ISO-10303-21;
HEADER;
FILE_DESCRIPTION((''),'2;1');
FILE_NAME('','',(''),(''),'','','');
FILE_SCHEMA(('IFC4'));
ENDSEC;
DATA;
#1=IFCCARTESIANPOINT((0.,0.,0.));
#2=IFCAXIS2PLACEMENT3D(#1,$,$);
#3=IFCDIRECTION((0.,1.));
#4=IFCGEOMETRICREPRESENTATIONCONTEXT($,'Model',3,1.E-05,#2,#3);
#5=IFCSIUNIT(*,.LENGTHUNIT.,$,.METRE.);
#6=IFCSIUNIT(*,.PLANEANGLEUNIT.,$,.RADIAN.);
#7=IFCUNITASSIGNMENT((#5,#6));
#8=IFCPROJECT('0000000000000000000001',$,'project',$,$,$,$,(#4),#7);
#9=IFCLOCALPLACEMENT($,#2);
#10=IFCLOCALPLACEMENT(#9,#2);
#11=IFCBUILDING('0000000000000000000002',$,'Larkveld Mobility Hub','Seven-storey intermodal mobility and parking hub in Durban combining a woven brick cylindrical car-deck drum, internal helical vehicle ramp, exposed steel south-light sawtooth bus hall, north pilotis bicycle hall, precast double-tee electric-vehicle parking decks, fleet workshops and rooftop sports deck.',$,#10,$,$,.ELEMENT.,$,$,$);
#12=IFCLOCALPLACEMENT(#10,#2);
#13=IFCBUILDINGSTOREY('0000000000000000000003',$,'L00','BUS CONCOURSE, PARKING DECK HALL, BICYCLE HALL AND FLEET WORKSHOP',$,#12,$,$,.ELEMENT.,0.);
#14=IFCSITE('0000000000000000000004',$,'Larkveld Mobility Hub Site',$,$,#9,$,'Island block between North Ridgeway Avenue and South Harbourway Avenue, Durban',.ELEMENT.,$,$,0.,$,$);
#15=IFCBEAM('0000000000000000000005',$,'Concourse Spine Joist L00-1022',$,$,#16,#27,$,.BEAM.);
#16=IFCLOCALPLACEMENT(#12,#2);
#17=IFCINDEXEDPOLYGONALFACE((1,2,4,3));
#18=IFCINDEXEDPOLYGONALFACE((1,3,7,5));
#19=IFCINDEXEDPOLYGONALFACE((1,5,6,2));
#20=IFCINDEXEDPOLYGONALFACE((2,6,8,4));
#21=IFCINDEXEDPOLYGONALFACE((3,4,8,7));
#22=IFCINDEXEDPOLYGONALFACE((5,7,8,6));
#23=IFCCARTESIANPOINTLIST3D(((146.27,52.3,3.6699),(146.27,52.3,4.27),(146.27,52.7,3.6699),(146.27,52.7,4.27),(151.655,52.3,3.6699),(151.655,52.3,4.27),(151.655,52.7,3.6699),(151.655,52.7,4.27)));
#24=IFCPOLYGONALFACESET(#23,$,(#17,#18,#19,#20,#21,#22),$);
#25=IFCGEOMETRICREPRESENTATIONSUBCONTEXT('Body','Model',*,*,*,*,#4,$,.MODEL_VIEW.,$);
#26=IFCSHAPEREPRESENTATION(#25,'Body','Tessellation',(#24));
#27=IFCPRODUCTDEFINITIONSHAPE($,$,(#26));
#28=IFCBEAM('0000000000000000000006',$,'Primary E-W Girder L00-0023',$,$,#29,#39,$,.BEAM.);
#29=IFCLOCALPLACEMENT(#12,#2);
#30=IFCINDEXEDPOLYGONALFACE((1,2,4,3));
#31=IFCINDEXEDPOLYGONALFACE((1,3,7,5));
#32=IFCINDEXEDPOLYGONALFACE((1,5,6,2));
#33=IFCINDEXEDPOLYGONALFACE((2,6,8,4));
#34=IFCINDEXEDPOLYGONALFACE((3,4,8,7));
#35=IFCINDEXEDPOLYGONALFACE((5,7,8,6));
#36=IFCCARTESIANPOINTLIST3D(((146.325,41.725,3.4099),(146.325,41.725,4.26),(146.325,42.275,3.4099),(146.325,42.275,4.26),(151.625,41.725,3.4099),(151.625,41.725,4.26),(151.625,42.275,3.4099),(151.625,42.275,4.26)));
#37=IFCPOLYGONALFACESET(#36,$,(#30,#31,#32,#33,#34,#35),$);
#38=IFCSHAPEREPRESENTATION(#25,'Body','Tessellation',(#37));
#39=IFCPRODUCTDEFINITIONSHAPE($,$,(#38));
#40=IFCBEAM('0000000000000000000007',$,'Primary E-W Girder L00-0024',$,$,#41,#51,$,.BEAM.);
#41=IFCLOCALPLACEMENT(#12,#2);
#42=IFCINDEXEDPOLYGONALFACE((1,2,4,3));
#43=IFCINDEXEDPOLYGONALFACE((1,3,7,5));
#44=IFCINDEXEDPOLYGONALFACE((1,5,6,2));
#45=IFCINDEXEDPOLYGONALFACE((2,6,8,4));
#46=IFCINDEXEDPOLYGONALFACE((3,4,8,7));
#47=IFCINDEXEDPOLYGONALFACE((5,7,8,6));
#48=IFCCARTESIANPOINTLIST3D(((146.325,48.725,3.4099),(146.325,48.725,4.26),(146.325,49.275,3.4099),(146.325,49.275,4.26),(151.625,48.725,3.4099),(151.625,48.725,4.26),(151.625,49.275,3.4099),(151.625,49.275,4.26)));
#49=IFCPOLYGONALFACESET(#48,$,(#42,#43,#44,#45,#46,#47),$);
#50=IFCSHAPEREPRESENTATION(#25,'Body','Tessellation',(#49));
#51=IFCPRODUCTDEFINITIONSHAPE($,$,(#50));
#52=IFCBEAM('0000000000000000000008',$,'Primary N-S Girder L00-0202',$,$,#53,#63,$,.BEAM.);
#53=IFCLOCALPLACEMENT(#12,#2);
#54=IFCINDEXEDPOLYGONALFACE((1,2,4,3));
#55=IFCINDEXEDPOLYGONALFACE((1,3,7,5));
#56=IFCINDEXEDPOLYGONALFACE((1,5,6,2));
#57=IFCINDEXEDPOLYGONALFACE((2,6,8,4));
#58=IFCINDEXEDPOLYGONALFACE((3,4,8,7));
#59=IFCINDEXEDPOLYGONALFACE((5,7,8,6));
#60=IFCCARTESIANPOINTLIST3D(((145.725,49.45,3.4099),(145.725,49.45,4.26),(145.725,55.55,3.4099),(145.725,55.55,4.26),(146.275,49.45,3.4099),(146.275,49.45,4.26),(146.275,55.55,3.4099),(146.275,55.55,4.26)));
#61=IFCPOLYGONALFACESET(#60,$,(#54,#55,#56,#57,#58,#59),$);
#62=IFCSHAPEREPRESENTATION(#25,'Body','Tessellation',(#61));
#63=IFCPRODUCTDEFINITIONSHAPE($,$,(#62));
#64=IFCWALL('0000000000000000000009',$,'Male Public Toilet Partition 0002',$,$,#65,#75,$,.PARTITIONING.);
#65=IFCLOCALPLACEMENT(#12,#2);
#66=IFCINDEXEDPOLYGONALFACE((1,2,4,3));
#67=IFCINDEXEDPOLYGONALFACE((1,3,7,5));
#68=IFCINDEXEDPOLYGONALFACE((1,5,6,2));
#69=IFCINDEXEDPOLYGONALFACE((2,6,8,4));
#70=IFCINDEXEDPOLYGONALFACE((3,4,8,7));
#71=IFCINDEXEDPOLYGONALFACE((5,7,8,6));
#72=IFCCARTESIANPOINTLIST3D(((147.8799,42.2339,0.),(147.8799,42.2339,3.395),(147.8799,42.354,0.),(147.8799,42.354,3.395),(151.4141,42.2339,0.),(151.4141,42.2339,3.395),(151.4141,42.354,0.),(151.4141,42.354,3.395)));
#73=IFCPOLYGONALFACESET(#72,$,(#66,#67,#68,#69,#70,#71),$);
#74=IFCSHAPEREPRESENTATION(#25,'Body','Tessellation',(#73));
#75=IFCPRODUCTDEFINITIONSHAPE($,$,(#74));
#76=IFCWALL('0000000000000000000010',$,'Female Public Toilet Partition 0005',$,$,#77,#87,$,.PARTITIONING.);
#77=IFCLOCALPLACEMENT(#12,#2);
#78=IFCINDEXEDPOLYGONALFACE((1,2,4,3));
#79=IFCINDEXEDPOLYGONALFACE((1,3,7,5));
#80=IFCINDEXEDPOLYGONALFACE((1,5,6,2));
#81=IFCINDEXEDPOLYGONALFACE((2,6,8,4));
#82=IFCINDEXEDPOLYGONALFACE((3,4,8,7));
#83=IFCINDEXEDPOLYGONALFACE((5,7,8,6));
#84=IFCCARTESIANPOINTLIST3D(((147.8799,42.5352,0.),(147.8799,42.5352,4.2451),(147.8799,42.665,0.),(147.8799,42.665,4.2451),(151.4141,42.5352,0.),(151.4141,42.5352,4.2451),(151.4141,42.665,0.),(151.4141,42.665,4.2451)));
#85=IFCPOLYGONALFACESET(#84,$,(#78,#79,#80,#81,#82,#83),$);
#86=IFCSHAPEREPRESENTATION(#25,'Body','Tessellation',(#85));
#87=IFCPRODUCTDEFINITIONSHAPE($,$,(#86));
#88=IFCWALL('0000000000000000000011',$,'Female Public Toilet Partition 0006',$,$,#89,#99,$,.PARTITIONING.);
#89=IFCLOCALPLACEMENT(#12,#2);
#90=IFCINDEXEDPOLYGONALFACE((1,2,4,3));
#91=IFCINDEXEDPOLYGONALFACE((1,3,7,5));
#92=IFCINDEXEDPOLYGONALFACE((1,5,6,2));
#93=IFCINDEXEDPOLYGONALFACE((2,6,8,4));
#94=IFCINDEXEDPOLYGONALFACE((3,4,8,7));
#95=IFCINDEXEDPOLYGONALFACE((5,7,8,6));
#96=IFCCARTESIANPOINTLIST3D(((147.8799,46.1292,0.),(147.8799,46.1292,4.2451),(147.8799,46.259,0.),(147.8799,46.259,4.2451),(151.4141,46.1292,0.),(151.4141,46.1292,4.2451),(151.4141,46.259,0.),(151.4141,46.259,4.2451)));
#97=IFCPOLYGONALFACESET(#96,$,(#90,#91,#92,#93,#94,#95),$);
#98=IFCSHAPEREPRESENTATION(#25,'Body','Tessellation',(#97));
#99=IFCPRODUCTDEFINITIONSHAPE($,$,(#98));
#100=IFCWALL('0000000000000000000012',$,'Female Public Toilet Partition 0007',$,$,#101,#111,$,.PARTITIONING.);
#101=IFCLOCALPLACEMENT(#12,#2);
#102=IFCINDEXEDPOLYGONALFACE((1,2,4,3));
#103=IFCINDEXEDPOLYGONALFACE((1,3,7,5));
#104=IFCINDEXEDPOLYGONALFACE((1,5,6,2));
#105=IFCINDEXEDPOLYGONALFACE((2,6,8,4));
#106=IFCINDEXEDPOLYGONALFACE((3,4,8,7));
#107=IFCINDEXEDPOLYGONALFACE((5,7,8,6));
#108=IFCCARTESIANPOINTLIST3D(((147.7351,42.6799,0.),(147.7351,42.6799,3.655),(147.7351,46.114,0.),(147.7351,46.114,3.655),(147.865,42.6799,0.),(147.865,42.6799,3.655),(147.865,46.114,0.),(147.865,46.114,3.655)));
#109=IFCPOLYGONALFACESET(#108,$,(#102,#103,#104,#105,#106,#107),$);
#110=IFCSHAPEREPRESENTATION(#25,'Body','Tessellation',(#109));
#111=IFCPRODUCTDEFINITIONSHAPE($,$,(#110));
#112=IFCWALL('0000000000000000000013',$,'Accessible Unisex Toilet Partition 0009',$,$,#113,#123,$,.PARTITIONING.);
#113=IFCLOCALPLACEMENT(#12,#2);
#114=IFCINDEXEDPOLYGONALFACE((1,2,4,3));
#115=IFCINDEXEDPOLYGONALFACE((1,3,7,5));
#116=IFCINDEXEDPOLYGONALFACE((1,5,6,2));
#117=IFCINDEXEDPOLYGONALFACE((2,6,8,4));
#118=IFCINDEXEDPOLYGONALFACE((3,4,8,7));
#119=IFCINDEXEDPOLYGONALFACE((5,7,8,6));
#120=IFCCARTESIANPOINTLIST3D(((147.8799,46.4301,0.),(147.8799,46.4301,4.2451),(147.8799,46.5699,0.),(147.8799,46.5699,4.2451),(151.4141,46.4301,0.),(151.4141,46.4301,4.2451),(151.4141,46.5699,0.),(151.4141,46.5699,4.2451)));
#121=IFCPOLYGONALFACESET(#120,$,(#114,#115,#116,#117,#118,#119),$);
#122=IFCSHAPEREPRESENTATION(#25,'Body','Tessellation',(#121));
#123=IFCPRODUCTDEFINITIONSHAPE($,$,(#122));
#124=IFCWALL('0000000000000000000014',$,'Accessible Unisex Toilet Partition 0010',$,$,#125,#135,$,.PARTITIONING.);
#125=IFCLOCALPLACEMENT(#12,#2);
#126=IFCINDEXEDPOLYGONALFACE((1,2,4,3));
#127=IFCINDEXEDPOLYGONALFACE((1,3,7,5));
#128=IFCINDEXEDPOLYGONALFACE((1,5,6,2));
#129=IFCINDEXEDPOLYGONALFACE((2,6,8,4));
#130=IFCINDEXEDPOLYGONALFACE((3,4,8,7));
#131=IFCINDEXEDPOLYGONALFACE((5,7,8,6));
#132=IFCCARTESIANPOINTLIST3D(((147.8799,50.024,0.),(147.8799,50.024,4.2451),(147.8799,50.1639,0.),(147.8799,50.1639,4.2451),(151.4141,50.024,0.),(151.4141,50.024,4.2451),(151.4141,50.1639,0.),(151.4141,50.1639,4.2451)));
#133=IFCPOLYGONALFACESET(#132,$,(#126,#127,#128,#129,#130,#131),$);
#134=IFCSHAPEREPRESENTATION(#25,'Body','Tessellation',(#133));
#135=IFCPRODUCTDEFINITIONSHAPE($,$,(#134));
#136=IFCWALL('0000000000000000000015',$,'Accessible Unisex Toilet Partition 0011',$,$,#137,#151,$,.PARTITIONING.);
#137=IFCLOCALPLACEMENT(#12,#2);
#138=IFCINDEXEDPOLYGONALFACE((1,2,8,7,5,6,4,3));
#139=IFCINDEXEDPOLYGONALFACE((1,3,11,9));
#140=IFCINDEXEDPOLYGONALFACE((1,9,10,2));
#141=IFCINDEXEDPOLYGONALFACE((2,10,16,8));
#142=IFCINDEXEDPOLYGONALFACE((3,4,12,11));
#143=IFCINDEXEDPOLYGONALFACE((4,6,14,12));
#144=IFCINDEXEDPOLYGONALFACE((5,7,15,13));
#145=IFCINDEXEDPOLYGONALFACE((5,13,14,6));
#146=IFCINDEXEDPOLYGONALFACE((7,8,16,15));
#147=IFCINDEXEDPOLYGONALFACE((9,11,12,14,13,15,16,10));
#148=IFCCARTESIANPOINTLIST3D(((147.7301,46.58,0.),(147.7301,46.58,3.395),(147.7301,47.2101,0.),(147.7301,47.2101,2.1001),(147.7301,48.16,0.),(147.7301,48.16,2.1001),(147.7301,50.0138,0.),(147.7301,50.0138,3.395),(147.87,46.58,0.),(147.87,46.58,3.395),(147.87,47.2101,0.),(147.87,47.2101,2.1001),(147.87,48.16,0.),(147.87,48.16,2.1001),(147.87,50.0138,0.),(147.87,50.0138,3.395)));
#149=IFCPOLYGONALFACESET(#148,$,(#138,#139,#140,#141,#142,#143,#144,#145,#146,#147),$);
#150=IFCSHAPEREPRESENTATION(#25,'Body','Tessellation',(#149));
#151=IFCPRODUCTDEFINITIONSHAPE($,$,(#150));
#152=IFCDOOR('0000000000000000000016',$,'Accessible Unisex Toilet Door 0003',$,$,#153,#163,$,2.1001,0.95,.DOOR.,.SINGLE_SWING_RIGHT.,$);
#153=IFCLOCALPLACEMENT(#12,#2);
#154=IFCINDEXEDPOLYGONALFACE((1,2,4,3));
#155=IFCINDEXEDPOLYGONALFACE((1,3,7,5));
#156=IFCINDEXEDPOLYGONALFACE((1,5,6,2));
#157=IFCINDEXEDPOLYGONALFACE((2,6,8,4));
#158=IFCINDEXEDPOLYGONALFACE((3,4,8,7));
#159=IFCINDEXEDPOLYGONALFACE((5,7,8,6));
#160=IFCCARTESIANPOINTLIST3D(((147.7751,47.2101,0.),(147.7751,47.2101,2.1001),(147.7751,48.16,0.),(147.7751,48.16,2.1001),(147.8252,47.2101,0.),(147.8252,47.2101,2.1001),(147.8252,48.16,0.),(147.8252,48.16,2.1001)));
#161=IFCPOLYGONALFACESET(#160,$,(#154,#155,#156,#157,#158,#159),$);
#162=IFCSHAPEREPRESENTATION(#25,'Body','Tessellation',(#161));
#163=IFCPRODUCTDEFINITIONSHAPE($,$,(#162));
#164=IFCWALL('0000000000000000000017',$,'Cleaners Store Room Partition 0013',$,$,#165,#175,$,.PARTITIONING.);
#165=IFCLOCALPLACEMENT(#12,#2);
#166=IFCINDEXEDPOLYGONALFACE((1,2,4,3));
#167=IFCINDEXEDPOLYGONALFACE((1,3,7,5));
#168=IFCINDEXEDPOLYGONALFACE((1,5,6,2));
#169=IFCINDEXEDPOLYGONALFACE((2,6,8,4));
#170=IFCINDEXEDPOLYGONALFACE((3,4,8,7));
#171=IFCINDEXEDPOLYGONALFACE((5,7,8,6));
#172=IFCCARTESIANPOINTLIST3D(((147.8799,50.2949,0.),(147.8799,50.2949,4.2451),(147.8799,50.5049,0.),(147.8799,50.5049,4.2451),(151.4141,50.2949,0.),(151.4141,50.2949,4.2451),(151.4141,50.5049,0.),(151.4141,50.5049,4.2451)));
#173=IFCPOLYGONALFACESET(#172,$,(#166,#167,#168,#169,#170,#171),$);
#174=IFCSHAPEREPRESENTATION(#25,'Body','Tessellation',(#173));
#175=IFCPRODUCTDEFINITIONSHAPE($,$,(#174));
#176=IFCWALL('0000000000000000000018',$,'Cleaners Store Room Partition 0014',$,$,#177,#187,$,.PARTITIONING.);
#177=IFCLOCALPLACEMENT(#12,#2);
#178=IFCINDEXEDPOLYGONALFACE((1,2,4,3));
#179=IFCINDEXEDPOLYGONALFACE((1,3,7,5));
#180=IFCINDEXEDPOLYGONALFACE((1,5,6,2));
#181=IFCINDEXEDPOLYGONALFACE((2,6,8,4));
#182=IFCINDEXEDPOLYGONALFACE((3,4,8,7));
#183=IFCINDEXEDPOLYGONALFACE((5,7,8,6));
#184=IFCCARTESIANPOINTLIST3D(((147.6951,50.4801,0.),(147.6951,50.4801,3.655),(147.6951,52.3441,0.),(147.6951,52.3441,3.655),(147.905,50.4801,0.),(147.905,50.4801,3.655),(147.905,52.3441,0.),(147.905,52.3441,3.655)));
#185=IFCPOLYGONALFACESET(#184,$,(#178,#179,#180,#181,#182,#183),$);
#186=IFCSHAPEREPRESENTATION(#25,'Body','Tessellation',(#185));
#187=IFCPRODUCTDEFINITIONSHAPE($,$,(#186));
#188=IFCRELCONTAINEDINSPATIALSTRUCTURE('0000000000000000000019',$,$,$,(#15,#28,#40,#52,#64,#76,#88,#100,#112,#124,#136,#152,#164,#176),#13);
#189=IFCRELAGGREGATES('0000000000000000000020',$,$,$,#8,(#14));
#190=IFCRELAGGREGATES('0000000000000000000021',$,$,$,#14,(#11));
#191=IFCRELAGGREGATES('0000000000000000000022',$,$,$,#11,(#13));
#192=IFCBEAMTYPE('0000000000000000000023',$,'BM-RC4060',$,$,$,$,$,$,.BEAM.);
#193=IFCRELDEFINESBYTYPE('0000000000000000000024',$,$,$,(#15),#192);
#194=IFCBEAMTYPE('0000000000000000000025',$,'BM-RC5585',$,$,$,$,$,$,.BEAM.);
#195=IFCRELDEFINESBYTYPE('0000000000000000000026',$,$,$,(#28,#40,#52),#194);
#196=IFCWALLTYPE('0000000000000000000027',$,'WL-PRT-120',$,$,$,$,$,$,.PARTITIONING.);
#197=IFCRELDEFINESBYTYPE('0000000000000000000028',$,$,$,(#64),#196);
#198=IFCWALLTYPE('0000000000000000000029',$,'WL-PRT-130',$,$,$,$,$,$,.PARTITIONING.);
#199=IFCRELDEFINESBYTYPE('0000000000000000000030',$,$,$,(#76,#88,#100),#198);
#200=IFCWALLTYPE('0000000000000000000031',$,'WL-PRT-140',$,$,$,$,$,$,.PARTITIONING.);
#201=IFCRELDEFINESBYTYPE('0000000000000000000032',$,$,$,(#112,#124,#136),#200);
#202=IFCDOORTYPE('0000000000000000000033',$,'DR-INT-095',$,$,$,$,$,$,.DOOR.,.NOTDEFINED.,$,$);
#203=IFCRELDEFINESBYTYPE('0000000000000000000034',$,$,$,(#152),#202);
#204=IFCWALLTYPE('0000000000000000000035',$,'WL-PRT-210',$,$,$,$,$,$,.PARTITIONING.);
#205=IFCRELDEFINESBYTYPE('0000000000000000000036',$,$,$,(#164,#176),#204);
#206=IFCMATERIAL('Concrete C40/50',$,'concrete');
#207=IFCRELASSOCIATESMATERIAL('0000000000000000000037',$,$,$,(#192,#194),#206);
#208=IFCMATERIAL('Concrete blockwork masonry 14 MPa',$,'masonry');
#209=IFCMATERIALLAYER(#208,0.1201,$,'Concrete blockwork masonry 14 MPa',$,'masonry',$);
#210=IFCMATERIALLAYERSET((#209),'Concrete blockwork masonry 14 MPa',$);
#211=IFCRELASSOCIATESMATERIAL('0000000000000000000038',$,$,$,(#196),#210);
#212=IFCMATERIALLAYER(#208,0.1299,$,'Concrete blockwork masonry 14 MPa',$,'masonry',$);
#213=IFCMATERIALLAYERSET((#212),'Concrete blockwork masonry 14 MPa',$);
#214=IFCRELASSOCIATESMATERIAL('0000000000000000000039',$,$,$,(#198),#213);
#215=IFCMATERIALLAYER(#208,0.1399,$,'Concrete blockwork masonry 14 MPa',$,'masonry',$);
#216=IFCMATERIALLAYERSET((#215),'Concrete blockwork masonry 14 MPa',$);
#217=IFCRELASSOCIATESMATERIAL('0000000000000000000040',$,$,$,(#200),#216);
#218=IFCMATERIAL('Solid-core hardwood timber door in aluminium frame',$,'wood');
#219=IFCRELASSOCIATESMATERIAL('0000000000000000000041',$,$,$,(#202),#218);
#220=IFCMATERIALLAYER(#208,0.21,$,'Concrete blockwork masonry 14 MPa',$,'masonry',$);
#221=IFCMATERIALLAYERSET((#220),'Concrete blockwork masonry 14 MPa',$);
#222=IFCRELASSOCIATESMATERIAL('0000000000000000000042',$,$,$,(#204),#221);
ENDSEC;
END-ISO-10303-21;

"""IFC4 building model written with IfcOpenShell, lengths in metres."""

from ifc_helpers import new_model, si_unit, direction, frame, frame_2d, origin, origin_2d, place, context, subcontext, project, spatial, rectangle, extrude, material, layer, layer_set, material_profile, profile_set, type_object, element, fill, save


model = new_model("IFC4")

# Units and contexts
model_context = context("Model", 3, precision=1e-05, world=origin(), true_north=direction((0.0, 1.0)))
body_context = subcontext(model_context, "Body", "Model", "MODEL_VIEW")
ifc_project = project(units=[si_unit("LENGTHUNIT", "METRE"), si_unit("PLANEANGLEUNIT", "RADIAN")], contexts=[model_context])

# Site, building, storey
site_placement = place(None, origin())
site = spatial("IfcSite", under=ifc_project, at=site_placement, Name="Larkveld Mobility Hub Site", LongName="Island block between North Ridgeway Avenue and South Harbourway Avenue, Durban", CompositionType="ELEMENT", RefElevation=0.0)
building_placement = place(site_placement, origin())
building = spatial("IfcBuilding", under=site, at=building_placement, Name="Larkveld Mobility Hub", Description="Seven-storey intermodal mobility and parking hub in Durban combining a woven brick cylindrical car-deck drum, internal helical vehicle ramp, exposed steel south-light sawtooth bus hall, north pilotis bicycle hall, precast double-tee electric-vehicle parking decks, fleet workshops and rooftop sports deck.", CompositionType="ELEMENT")
storey_placement = place(building_placement, origin())
storey = spatial("IfcBuildingStorey", under=building, at=storey_placement, Name="L00", Description="BUS CONCOURSE, PARKING DECK HALL, BICYCLE HALL AND FLEET WORKSHOP", CompositionType="ELEMENT", Elevation=0.0)

# Beams
ifc_material_1 = material(Name="Concrete C40/50", Category="concrete")
ifc_material_profile_1 = material_profile(ifc_material_1, rectangle(XDim=0.3999, YDim=0.6001, at=origin_2d()), Name="RC BM 400x600")
ifc_profile_set_1 = profile_set([ifc_material_profile_1], Name="Concrete C40/50")
beam_type_1 = type_object("IfcBeamType", Name="BM-RC4060", PredefinedType="BEAM", material=ifc_profile_set_1)
beam_1_placement = place(storey_placement, frame((146.27, 52.5, 3.97), z_axis=(1.0, 0.0, 0.0), x_axis=(0.0, 1.0, 0.0)))
element("IfcBeam", 1, at=beam_1_placement, inside=storey, type_object=beam_type_1, Name="Concourse Spine Joist L00-1022", PredefinedType="BEAM", context=body_context, shape_type="SweptSolid", body=[
    extrude(rectangle(XDim=0.3999, YDim=0.6001, at=origin_2d()), origin(), (0.0, 0.0, 1.0), 5.385),
])
ifc_material_profile_2 = material_profile(ifc_material_1, rectangle(XDim=0.55, YDim=0.8501, at=origin_2d()), Name="RC BM 550x850")
ifc_profile_set_2 = profile_set([ifc_material_profile_2], Name="Concrete C40/50")
beam_type_2 = type_object("IfcBeamType", Name="BM-RC5585", PredefinedType="BEAM", material=ifc_profile_set_2)
for number, where, z_axis, x_axis, name in (
    (2, (146.325, 42.0, 3.835), (1.0, 0.0, 0.0), (0.0, 1.0, 0.0), "Primary E-W Girder L00-0023"),
    (3, (146.325, 49.0, 3.835), (1.0, 0.0, 0.0), (0.0, 1.0, 0.0), "Primary E-W Girder L00-0024"),
):
    element("IfcBeam", number, at=place(storey_placement, frame(where, z_axis=z_axis, x_axis=x_axis)), inside=storey, type_object=beam_type_2, Name=name, PredefinedType="BEAM", context=body_context, shape_type="SweptSolid", body=[
        extrude(rectangle(XDim=0.55, YDim=0.8501, at=origin_2d()), origin(), (0.0, 0.0, 1.0), 5.3),
    ])
beam_2_placement = place(storey_placement, frame((146.0, 49.45, 3.835), z_axis=(0.0, 1.0, 0.0), x_axis=(-1.0, 0.0, 0.0)))
element("IfcBeam", 4, at=beam_2_placement, inside=storey, type_object=beam_type_2, Name="Primary N-S Girder L00-0202", PredefinedType="BEAM", context=body_context, shape_type="SweptSolid", body=[
    extrude(rectangle(XDim=0.55, YDim=0.8501, at=origin_2d()), origin(), (0.0, 0.0, 1.0), 6.1001),
])

# Walls
ifc_material_2 = material(Name="Concrete blockwork masonry 14 MPa", Category="masonry")
ifc_layer_1 = layer(ifc_material_2, 0.1201, Name="Concrete blockwork masonry 14 MPa", Category="masonry")
ifc_layer_set_1 = layer_set([ifc_layer_1], Name="Concrete blockwork masonry 14 MPa")
wall_type_1 = type_object("IfcWallType", Name="WL-PRT-120", PredefinedType="PARTITIONING", material=ifc_layer_set_1)
wall_1_placement = place(storey_placement, frame((147.8799, 42.2939, 0.0), z_axis=(0.0, 0.0, 1.0), x_axis=(1.0, 0.0, 0.0)))
element("IfcWall", 5, at=wall_1_placement, inside=storey, type_object=wall_type_1, Name="Male Public Toilet Partition 0002", PredefinedType="PARTITIONING", context=body_context, shape_type="SweptSolid", body=[
    extrude(rectangle(XDim=3.5342, YDim=0.1201, at=frame_2d((1.7671, 0.0))), origin(), (0.0, 0.0, 1.0), 3.395),
])
ifc_layer_2 = layer(ifc_material_2, 0.1299, Name="Concrete blockwork masonry 14 MPa", Category="masonry")
ifc_layer_set_2 = layer_set([ifc_layer_2], Name="Concrete blockwork masonry 14 MPa")
wall_type_2 = type_object("IfcWallType", Name="WL-PRT-130", PredefinedType="PARTITIONING", material=ifc_layer_set_2)
for number, where, z_axis, x_axis, name in (
    (6, (147.8799, 42.6001, 0.0), (0.0, 0.0, 1.0), (1.0, 0.0, 0.0), "Female Public Toilet Partition 0005"),
    (7, (147.8799, 46.1941, 0.0), (0.0, 0.0, 1.0), (1.0, 0.0, 0.0), "Female Public Toilet Partition 0006"),
):
    element("IfcWall", number, at=place(storey_placement, frame(where, z_axis=z_axis, x_axis=x_axis)), inside=storey, type_object=wall_type_2, Name=name, PredefinedType="PARTITIONING", context=body_context, shape_type="SweptSolid", body=[
        extrude(rectangle(XDim=3.5342, YDim=0.1299, at=frame_2d((1.7671, 0.0))), origin(), (0.0, 0.0, 1.0), 4.2451),
    ])
wall_2_placement = place(storey_placement, frame((147.8, 42.6799, 0.0), z_axis=(0.0, 0.0, 1.0), x_axis=(0.0, 1.0, 0.0)))
element("IfcWall", 8, at=wall_2_placement, inside=storey, type_object=wall_type_2, Name="Female Public Toilet Partition 0007", PredefinedType="PARTITIONING", context=body_context, shape_type="SweptSolid", body=[
    extrude(rectangle(XDim=3.4341, YDim=0.1299, at=frame_2d((1.717, 0.0))), origin(), (0.0, 0.0, 1.0), 3.655),
])
ifc_layer_3 = layer(ifc_material_2, 0.1399, Name="Concrete blockwork masonry 14 MPa", Category="masonry")
ifc_layer_set_3 = layer_set([ifc_layer_3], Name="Concrete blockwork masonry 14 MPa")
wall_type_3 = type_object("IfcWallType", Name="WL-PRT-140", PredefinedType="PARTITIONING", material=ifc_layer_set_3)
for number, where, z_axis, x_axis, name in (
    (9, (147.8799, 46.5, 0.0), (0.0, 0.0, 1.0), (1.0, 0.0, 0.0), "Accessible Unisex Toilet Partition 0009"),
    (10, (147.8799, 50.094, 0.0), (0.0, 0.0, 1.0), (1.0, 0.0, 0.0), "Accessible Unisex Toilet Partition 0010"),
):
    element("IfcWall", number, at=place(storey_placement, frame(where, z_axis=z_axis, x_axis=x_axis)), inside=storey, type_object=wall_type_3, Name=name, PredefinedType="PARTITIONING", context=body_context, shape_type="SweptSolid", body=[
        extrude(rectangle(XDim=3.5342, YDim=0.1399, at=frame_2d((1.7671, 0.0))), origin(), (0.0, 0.0, 1.0), 4.2451),
    ])

# Wall, opening, door
wall_3_placement = place(storey_placement, frame((147.8, 46.5801, 0.0), z_axis=(0.0, 0.0, 1.0), x_axis=(0.0, 1.0, 0.0)))
wall_3 = element("IfcWall", 11, at=wall_3_placement, inside=storey, type_object=wall_type_3, Name="Accessible Unisex Toilet Partition 0011", PredefinedType="PARTITIONING", context=body_context, shape_type="SweptSolid", body=[
    extrude(rectangle(XDim=3.4338, YDim=0.1399, at=frame_2d((1.7168, 0.0))), origin(), (0.0, 0.0, 1.0), 3.395),
])
opening_1_placement = place(wall_3_placement, frame((0.6299, 0.0, 0.0)))
opening_1 = element("IfcOpeningElement", 12, at=opening_1_placement, cuts=wall_3, PredefinedType="OPENING", context=body_context, shape_type="SweptSolid", body=[
    extrude(rectangle(XDim=0.95, YDim=2.1001, at=frame_2d((0.4751, 1.05))), frame((0.0, 0.0801, 0.0), z_axis=(0.0, -1.0, 0.0), x_axis=(1.0, 0.0, 0.0)), (0.0, 0.0, 1.0), 0.1599),
])
ifc_material_3 = material(Name="Solid-core hardwood timber door in aluminium frame", Category="wood")
door_type_1 = type_object("IfcDoorType", Name="DR-INT-095", OperationType="NOTDEFINED", PredefinedType="DOOR", material=ifc_material_3)
door_1_placement = place(opening_1_placement, origin())
door_1 = element("IfcDoor", 13, at=door_1_placement, inside=storey, type_object=door_type_1, Name="Accessible Unisex Toilet Door 0003", OperationType="SINGLE_SWING_RIGHT", OverallHeight=2.1001, OverallWidth=0.95, PredefinedType="DOOR", context=body_context, shape_type="SweptSolid", body=[
    extrude(rectangle(XDim=0.95, YDim=2.1001, at=frame_2d((0.4751, 1.05))), frame((0.0, 0.0249, 0.0), z_axis=(0.0, -1.0, 0.0), x_axis=(1.0, 0.0, 0.0)), (0.0, 0.0, 1.0), 0.05),
])
fill(opening_1, door_1)

# Walls
ifc_layer_4 = layer(ifc_material_2, 0.21, Name="Concrete blockwork masonry 14 MPa", Category="masonry")
ifc_layer_set_4 = layer_set([ifc_layer_4], Name="Concrete blockwork masonry 14 MPa")
wall_type_4 = type_object("IfcWallType", Name="WL-PRT-210", PredefinedType="PARTITIONING", material=ifc_layer_set_4)
wall_4_placement = place(storey_placement, frame((147.8799, 50.3999, 0.0), z_axis=(0.0, 0.0, 1.0), x_axis=(1.0, 0.0, 0.0)))
element("IfcWall", 14, at=wall_4_placement, inside=storey, type_object=wall_type_4, Name="Cleaners Store Room Partition 0013", PredefinedType="PARTITIONING", context=body_context, shape_type="SweptSolid", body=[
    extrude(rectangle(XDim=3.5342, YDim=0.21, at=frame_2d((1.7671, 0.0))), origin(), (0.0, 0.0, 1.0), 4.2451),
])
wall_5_placement = place(storey_placement, frame((147.8, 50.48, 0.0), z_axis=(0.0, 0.0, 1.0), x_axis=(0.0, 1.0, 0.0)))
element("IfcWall", 15, at=wall_5_placement, inside=storey, type_object=wall_type_4, Name="Cleaners Store Room Partition 0014", PredefinedType="PARTITIONING", context=body_context, shape_type="SweptSolid", body=[
    extrude(rectangle(XDim=1.864, YDim=0.21, at=frame_2d((0.9321, 0.0))), origin(), (0.0, 0.0, 1.0), 3.655),
])

save(model, "model.ifc")
